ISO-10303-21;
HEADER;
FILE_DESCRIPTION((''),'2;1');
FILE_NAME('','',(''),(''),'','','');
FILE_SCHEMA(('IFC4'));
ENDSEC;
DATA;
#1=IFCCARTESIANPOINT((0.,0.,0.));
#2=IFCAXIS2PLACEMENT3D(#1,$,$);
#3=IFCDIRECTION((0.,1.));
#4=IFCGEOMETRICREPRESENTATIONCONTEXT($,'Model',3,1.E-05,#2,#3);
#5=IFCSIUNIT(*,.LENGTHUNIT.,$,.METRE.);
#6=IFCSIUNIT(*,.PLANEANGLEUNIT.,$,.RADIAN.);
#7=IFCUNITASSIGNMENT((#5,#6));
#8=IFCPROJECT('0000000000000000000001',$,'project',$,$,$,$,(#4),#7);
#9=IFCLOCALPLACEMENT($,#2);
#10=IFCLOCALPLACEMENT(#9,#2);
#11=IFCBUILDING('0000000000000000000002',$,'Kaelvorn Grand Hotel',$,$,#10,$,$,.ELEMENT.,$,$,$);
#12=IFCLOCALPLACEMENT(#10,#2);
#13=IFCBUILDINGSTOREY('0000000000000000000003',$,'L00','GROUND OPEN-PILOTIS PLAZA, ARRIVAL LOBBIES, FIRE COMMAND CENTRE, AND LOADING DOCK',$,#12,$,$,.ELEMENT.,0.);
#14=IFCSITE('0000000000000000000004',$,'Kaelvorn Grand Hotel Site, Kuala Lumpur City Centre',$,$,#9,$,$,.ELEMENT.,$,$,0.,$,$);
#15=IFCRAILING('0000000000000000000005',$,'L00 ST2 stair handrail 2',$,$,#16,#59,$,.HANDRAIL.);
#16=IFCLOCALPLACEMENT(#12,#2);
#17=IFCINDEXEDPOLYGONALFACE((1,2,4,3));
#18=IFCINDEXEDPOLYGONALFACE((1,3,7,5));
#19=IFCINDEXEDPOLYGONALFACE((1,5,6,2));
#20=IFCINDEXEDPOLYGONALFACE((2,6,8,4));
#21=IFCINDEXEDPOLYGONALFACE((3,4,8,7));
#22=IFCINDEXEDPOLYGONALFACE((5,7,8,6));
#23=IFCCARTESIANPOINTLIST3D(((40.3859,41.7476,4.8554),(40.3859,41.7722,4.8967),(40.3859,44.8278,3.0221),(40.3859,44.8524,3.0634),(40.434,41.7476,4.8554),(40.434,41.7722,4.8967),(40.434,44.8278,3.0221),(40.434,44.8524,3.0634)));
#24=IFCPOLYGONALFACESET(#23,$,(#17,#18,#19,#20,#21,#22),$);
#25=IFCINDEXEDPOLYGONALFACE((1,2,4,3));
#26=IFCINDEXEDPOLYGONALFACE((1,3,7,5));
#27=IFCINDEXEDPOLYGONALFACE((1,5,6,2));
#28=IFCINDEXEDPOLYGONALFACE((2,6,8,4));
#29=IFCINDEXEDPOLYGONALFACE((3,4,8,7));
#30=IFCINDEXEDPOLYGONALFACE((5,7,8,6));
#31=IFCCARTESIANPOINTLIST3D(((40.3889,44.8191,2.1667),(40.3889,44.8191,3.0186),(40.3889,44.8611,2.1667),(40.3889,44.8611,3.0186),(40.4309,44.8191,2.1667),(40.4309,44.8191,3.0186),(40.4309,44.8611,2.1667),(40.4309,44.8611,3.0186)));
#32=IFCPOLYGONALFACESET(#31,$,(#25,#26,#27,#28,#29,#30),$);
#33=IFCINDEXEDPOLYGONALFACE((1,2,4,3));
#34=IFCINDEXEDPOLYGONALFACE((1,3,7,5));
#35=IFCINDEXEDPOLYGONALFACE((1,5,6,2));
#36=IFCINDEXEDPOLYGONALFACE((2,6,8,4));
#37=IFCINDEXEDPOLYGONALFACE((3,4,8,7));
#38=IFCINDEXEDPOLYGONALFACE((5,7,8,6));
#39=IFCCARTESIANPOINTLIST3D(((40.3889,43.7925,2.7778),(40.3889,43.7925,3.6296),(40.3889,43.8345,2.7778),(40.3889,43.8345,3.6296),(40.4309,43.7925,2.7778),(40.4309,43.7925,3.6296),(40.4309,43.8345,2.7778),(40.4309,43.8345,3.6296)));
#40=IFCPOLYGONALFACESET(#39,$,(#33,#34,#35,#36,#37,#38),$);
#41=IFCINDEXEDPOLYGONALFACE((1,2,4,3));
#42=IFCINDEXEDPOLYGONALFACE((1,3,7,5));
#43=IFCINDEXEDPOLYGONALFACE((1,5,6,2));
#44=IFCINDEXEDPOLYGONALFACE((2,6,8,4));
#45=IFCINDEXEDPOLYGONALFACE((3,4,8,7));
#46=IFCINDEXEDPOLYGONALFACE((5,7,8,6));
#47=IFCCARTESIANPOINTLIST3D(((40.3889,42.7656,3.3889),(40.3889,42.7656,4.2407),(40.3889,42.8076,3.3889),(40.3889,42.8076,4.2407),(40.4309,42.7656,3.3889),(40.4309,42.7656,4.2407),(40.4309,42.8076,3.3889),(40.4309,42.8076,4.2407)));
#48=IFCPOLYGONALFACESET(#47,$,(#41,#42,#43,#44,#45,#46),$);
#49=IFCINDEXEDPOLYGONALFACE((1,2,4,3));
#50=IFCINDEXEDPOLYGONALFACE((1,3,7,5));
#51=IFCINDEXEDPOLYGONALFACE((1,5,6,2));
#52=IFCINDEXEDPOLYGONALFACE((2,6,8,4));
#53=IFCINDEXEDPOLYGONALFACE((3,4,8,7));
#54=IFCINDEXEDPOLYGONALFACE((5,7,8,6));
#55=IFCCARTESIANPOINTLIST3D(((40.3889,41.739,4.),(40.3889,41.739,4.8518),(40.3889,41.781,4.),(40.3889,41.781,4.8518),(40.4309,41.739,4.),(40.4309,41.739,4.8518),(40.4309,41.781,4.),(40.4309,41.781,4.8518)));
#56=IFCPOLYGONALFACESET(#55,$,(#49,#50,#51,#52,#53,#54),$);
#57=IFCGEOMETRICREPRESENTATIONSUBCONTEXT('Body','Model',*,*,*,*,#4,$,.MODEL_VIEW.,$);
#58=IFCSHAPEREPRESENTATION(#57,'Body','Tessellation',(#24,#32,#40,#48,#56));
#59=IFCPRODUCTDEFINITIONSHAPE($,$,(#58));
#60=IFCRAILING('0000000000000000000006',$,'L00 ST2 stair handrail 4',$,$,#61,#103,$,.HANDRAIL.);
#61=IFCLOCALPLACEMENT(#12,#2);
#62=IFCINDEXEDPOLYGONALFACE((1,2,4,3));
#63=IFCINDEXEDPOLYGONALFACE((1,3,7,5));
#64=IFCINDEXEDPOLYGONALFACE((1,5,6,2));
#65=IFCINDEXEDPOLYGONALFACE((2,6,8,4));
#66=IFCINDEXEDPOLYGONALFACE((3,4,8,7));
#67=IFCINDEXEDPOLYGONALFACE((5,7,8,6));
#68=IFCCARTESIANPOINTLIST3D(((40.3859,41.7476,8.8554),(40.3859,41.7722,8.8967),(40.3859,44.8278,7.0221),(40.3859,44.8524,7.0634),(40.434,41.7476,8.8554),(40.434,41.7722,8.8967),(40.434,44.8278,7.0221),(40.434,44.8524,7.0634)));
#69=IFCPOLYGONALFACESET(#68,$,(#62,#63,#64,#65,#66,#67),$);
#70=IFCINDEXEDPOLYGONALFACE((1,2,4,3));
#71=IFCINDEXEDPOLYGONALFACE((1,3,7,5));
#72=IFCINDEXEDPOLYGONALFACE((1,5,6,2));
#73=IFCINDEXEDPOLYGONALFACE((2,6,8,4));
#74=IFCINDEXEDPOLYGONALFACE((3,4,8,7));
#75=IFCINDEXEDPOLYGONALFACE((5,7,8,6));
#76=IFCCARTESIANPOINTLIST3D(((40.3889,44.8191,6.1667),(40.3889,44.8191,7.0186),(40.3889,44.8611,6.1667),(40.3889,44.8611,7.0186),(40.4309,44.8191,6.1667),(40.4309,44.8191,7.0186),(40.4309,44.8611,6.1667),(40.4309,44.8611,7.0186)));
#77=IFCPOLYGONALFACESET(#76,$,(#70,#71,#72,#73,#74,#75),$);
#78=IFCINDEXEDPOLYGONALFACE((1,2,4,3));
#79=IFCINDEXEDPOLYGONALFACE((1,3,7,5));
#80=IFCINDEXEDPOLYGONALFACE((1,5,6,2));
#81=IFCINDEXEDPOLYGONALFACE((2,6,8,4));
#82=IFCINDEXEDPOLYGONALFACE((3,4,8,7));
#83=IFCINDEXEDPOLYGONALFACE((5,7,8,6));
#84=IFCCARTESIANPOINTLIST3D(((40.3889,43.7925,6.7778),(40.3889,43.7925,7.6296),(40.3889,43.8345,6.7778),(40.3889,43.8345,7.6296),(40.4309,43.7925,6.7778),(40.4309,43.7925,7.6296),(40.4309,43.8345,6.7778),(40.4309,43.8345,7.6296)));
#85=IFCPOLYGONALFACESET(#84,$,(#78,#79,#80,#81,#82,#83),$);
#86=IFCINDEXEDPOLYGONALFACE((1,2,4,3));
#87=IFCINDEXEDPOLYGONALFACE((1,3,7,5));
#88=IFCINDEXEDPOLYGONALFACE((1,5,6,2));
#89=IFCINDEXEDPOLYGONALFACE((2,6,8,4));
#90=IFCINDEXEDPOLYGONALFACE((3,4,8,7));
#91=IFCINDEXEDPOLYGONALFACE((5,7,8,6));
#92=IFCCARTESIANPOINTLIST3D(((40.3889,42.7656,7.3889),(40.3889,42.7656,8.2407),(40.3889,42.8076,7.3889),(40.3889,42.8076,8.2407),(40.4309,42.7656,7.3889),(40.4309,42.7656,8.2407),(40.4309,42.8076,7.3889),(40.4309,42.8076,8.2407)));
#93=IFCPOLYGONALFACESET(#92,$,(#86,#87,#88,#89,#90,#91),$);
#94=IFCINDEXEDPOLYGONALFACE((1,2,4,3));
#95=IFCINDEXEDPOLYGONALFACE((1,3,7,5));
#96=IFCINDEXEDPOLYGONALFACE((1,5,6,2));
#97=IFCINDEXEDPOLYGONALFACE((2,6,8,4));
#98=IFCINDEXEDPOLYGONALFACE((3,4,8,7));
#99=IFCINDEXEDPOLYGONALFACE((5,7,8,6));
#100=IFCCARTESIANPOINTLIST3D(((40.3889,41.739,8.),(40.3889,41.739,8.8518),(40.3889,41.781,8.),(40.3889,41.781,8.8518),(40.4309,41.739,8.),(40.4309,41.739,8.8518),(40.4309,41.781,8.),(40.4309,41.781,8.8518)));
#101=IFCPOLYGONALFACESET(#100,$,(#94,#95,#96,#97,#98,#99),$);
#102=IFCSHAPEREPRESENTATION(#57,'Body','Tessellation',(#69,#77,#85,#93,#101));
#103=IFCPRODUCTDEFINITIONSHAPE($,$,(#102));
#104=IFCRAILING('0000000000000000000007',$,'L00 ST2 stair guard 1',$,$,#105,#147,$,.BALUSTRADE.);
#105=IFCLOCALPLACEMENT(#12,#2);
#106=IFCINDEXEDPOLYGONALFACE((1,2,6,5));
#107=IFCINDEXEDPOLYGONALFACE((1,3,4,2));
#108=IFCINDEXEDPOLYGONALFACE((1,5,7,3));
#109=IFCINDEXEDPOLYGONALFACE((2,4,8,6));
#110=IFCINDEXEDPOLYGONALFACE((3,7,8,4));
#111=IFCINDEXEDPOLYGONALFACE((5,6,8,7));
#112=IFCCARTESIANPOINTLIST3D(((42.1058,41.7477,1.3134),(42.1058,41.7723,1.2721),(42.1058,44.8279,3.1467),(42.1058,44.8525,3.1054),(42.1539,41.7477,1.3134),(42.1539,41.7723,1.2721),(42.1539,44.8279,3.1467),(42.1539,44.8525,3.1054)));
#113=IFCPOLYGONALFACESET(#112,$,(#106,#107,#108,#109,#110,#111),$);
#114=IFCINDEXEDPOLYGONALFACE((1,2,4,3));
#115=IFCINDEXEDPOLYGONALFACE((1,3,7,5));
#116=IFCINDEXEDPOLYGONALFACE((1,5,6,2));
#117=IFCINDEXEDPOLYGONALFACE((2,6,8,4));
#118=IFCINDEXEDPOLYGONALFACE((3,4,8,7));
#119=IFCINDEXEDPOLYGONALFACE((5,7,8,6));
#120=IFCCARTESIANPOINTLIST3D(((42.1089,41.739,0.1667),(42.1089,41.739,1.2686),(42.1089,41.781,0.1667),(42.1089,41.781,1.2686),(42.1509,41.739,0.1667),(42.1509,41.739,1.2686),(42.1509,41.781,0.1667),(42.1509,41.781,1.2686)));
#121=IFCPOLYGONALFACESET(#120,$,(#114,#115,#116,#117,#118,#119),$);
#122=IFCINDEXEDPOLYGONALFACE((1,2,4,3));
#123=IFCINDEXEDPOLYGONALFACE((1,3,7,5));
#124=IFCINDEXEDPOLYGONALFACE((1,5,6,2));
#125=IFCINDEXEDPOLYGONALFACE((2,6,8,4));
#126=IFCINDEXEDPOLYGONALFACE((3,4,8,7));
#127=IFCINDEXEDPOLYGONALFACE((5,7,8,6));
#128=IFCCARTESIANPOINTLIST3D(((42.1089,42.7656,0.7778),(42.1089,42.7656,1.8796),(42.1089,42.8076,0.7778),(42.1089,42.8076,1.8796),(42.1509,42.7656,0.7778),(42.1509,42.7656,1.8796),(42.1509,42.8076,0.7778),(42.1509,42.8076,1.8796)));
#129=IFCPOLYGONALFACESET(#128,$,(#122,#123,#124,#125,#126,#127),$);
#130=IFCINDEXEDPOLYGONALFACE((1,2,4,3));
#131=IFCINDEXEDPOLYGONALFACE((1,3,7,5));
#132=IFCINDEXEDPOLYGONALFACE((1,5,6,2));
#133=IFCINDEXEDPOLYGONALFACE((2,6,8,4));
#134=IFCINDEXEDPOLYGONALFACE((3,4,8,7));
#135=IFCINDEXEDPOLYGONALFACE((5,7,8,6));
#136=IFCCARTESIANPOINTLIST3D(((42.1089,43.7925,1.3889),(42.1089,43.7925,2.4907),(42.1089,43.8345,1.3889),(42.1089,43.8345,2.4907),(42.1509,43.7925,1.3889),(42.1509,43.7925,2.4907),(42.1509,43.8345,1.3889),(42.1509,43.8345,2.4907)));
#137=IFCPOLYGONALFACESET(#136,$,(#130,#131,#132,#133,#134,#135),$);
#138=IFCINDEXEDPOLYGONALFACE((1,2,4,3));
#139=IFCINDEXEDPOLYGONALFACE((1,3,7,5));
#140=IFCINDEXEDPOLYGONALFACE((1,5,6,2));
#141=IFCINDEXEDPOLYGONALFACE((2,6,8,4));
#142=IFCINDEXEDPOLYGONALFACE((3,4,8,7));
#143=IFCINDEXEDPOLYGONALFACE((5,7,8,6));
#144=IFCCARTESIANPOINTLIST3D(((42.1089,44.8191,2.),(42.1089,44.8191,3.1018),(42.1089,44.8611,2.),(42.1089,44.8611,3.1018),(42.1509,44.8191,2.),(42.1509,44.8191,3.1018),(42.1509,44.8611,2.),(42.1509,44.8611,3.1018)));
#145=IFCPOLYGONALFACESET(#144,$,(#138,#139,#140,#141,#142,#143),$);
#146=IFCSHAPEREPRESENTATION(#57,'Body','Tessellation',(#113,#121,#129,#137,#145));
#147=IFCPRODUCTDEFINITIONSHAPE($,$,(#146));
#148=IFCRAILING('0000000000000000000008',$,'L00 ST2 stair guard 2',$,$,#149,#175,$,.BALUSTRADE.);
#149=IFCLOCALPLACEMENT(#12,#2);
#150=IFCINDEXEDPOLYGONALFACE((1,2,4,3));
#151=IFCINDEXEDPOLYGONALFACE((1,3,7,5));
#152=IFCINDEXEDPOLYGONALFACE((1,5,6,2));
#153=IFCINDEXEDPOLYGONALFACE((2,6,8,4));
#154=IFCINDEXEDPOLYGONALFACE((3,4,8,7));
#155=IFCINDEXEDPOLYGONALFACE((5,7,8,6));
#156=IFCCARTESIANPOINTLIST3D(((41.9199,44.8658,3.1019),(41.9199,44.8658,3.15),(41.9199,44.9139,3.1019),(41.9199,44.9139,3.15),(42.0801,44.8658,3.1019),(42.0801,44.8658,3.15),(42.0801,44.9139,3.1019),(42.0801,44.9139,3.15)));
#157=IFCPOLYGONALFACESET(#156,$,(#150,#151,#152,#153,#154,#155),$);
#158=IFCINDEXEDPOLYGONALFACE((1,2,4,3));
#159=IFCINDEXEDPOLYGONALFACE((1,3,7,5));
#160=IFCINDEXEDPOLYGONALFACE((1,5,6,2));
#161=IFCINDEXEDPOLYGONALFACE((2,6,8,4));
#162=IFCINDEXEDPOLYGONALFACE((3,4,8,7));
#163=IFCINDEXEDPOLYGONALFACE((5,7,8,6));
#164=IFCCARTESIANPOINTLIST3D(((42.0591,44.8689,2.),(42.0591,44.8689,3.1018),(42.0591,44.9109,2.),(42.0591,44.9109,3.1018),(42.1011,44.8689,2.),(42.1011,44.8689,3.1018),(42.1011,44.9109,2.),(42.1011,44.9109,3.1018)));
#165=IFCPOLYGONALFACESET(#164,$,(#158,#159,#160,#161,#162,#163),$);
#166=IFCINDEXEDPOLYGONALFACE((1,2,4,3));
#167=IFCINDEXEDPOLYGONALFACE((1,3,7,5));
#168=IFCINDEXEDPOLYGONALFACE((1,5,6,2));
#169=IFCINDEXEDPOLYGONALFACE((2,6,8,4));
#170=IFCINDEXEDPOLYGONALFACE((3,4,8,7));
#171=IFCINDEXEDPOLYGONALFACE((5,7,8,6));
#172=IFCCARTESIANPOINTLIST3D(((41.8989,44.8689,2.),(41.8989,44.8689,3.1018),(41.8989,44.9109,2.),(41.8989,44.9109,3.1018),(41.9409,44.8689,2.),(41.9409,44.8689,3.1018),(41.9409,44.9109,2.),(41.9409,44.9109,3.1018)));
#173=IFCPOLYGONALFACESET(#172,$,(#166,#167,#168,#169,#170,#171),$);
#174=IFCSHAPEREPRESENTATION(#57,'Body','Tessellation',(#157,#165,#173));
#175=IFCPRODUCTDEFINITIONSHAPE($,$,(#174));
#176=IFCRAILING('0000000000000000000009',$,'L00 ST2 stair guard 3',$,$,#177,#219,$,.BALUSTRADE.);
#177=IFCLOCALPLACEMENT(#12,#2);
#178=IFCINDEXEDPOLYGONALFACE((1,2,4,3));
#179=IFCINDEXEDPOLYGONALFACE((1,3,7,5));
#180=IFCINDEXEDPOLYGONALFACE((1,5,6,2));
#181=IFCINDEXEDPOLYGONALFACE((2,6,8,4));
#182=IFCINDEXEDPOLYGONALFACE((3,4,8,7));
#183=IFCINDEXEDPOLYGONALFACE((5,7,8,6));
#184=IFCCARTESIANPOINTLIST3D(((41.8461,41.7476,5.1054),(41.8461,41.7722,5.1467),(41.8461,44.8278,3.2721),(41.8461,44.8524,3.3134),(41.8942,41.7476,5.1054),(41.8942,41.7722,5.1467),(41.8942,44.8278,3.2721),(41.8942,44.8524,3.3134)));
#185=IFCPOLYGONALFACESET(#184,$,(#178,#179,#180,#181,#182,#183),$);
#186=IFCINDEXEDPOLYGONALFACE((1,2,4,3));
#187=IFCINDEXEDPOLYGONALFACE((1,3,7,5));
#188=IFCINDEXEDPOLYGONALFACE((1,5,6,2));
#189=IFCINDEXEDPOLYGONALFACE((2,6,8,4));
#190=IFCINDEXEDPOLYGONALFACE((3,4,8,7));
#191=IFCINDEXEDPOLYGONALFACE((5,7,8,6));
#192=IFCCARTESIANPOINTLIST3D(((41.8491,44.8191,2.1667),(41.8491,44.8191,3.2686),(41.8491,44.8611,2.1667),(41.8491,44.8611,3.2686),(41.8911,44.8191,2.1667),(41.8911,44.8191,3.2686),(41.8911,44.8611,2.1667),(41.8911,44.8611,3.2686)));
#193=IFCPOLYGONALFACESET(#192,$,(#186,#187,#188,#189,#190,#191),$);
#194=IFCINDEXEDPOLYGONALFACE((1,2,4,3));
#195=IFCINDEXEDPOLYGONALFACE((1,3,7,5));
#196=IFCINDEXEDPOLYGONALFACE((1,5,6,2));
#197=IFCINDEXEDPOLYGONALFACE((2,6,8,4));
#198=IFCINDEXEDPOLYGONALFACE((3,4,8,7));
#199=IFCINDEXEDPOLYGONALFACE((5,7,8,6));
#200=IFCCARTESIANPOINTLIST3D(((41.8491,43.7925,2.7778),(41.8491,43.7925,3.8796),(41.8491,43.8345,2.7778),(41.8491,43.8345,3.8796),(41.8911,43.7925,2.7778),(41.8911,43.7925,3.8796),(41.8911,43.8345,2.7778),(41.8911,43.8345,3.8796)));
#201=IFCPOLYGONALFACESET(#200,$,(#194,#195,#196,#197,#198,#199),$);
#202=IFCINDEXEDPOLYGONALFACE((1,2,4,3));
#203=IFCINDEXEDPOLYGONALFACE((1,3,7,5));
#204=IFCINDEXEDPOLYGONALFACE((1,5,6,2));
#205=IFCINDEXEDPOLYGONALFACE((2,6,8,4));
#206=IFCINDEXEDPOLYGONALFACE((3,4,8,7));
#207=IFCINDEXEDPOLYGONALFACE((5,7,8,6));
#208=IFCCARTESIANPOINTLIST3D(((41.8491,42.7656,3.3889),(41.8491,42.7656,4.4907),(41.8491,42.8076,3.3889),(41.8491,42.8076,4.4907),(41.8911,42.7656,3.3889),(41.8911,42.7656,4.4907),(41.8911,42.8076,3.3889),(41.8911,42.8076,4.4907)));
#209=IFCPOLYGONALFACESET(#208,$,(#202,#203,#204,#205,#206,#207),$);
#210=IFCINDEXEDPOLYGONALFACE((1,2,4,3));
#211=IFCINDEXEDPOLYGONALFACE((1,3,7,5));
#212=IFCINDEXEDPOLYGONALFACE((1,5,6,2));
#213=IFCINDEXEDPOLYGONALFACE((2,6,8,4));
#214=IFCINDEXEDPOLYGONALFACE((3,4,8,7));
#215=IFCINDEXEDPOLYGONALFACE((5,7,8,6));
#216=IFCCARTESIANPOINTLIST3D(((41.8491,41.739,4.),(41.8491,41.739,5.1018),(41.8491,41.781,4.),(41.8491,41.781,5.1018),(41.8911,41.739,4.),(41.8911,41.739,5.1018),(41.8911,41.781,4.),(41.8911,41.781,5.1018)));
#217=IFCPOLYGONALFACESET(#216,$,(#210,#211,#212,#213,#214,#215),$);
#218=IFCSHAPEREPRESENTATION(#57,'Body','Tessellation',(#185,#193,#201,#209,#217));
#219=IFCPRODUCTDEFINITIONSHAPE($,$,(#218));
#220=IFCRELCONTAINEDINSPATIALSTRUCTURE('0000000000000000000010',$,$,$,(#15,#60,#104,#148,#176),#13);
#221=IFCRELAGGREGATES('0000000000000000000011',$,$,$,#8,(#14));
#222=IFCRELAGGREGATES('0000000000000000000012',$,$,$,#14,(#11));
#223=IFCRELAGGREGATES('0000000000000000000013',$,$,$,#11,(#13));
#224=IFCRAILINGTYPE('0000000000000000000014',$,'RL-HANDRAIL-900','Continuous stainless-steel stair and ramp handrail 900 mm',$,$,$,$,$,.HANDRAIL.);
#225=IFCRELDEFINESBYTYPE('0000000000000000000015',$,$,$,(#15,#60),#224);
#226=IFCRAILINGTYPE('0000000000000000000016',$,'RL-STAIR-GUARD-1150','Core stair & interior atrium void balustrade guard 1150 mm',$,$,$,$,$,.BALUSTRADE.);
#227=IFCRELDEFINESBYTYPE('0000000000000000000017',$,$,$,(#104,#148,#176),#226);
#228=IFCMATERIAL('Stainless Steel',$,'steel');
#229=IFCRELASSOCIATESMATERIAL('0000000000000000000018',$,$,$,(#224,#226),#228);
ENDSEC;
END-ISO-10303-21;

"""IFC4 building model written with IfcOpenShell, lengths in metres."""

from ifc_helpers import new_model, si_unit, direction, frame, origin, origin_2d, place, context, subcontext, project, spatial, rectangle, extrude, material, type_object, element, save


model = new_model("IFC4")

# Units and contexts
model_context = context("Model", 3, precision=1e-05, world=origin(), true_north=direction((0.0, 1.0)))
body_context = subcontext(model_context, "Body", "Model", "MODEL_VIEW")
ifc_project = project(units=[si_unit("LENGTHUNIT", "METRE"), si_unit("PLANEANGLEUNIT", "RADIAN")], contexts=[model_context])

# Site, building, storey
site_placement = place(None, origin())
site = spatial("IfcSite", under=ifc_project, at=site_placement, Name="Kaelvorn Grand Hotel Site, Kuala Lumpur City Centre", CompositionType="ELEMENT", RefElevation=0.0)
building_placement = place(site_placement, origin())
building = spatial("IfcBuilding", under=site, at=building_placement, Name="Kaelvorn Grand Hotel", CompositionType="ELEMENT")
storey_placement = place(building_placement, origin())
storey = spatial("IfcBuildingStorey", under=building, at=storey_placement, Name="L00", Description="GROUND OPEN-PILOTIS PLAZA, ARRIVAL LOBBIES, FIRE COMMAND CENTRE, AND LOADING DOCK", CompositionType="ELEMENT", Elevation=0.0)

# Railings
ifc_material_1 = material(Name="Stainless Steel", Category="steel")
railing_type_1 = type_object("IfcRailingType", Name="RL-HANDRAIL-900", Description="Continuous stainless-steel stair and ramp handrail 900 mm", PredefinedType="HANDRAIL", material=ifc_material_1)
for number, where, name in (
    (1, (40.4099, 44.8401, 2.1667), "L00 ST2 stair handrail 2"),
    (2, (40.4099, 44.8401, 6.1667), "L00 ST2 stair handrail 4"),
):
    element("IfcRailing", number, at=place(storey_placement, frame(where)), inside=storey, type_object=railing_type_1, Name=name, PredefinedType="HANDRAIL", context=body_context, shape_type="SweptSolid", body=[
        extrude(rectangle(XDim=0.0481, YDim=0.0481, at=origin_2d()), frame((0.0, 0.0, 0.876), z_axis=(0.0, -0.859309, 0.511458), x_axis=(1.0, 0.0, 0.0)), (0.0, 0.0, 1.0), 3.5845),
        extrude(rectangle(XDim=0.042, YDim=0.042, at=origin_2d()), origin(), (0.0, 0.0, 1.0), 0.8518),
        extrude(rectangle(XDim=0.042, YDim=0.042, at=origin_2d()), frame((0.0, -1.0266, 0.6111)), (0.0, 0.0, 1.0), 0.8518),
        extrude(rectangle(XDim=0.042, YDim=0.042, at=origin_2d()), frame((0.0, -2.0535, 1.2222)), (0.0, 0.0, 1.0), 0.8518),
        extrude(rectangle(XDim=0.042, YDim=0.042, at=origin_2d()), frame((0.0, -3.0801, 1.8333)), (0.0, 0.0, 1.0), 0.8518),
    ])
railing_type_2 = type_object("IfcRailingType", Name="RL-STAIR-GUARD-1150", Description="Core stair & interior atrium void balustrade guard 1150 mm", PredefinedType="BALUSTRADE", material=ifc_material_1)
railing_1_placement = place(storey_placement, frame((42.1299, 41.76, 0.1667)))
element("IfcRailing", 3, at=railing_1_placement, inside=storey, type_object=railing_type_2, Name="L00 ST2 stair guard 1", PredefinedType="BALUSTRADE", context=body_context, shape_type="SweptSolid", body=[
    extrude(rectangle(XDim=0.0481, YDim=0.0481, at=origin_2d()), frame((0.0, 0.0, 1.126), z_axis=(0.0, 0.859309, 0.511458), x_axis=(-1.0, 0.0, 0.0)), (0.0, 0.0, 1.0), 3.5845),
    extrude(rectangle(XDim=0.042, YDim=0.042, at=origin_2d()), origin(), (0.0, 0.0, 1.0), 1.1018),
    extrude(rectangle(XDim=0.042, YDim=0.042, at=origin_2d()), frame((0.0, 1.0266, 0.6111)), (0.0, 0.0, 1.0), 1.1018),
    extrude(rectangle(XDim=0.042, YDim=0.042, at=origin_2d()), frame((0.0, 2.0535, 1.2222)), (0.0, 0.0, 1.0), 1.1018),
    extrude(rectangle(XDim=0.042, YDim=0.042, at=origin_2d()), frame((0.0, 3.0801, 1.8333)), (0.0, 0.0, 1.0), 1.1018),
])
railing_2_placement = place(storey_placement, frame((42.0801, 44.8899, 2.0)))
element("IfcRailing", 4, at=railing_2_placement, inside=storey, type_object=railing_type_2, Name="L00 ST2 stair guard 2", PredefinedType="BALUSTRADE", context=body_context, shape_type="SweptSolid", body=[
    extrude(rectangle(XDim=0.0481, YDim=0.0481, at=origin_2d()), frame((0.0, 0.0, 1.126), z_axis=(-1.0, 0.0, 0.0), x_axis=(0.0, -1.0, 0.0)), (0.0, 0.0, 1.0), 0.1602),
    extrude(rectangle(XDim=0.042, YDim=0.042, at=origin_2d()), origin(), (0.0, 0.0, 1.0), 1.1018),
    extrude(rectangle(XDim=0.042, YDim=0.042, at=origin_2d()), frame((-0.1602, 0.0, 0.0)), (0.0, 0.0, 1.0), 1.1018),
])
railing_3_placement = place(storey_placement, frame((41.8701, 44.8401, 2.1667)))
element("IfcRailing", 5, at=railing_3_placement, inside=storey, type_object=railing_type_2, Name="L00 ST2 stair guard 3", PredefinedType="BALUSTRADE", context=body_context, shape_type="SweptSolid", body=[
    extrude(rectangle(XDim=0.0481, YDim=0.0481, at=origin_2d()), frame((0.0, 0.0, 1.126), z_axis=(0.0, -0.859309, 0.511458), x_axis=(1.0, 0.0, 0.0)), (0.0, 0.0, 1.0), 3.5845),
    extrude(rectangle(XDim=0.042, YDim=0.042, at=origin_2d()), origin(), (0.0, 0.0, 1.0), 1.1018),
    extrude(rectangle(XDim=0.042, YDim=0.042, at=origin_2d()), frame((0.0, -1.0266, 0.6111)), (0.0, 0.0, 1.0), 1.1018),
    extrude(rectangle(XDim=0.042, YDim=0.042, at=origin_2d()), frame((0.0, -2.0535, 1.2222)), (0.0, 0.0, 1.0), 1.1018),
    extrude(rectangle(XDim=0.042, YDim=0.042, at=origin_2d()), frame((0.0, -3.0801, 1.8333)), (0.0, 0.0, 1.0), 1.1018),
])

save(model, "model.ifc")
